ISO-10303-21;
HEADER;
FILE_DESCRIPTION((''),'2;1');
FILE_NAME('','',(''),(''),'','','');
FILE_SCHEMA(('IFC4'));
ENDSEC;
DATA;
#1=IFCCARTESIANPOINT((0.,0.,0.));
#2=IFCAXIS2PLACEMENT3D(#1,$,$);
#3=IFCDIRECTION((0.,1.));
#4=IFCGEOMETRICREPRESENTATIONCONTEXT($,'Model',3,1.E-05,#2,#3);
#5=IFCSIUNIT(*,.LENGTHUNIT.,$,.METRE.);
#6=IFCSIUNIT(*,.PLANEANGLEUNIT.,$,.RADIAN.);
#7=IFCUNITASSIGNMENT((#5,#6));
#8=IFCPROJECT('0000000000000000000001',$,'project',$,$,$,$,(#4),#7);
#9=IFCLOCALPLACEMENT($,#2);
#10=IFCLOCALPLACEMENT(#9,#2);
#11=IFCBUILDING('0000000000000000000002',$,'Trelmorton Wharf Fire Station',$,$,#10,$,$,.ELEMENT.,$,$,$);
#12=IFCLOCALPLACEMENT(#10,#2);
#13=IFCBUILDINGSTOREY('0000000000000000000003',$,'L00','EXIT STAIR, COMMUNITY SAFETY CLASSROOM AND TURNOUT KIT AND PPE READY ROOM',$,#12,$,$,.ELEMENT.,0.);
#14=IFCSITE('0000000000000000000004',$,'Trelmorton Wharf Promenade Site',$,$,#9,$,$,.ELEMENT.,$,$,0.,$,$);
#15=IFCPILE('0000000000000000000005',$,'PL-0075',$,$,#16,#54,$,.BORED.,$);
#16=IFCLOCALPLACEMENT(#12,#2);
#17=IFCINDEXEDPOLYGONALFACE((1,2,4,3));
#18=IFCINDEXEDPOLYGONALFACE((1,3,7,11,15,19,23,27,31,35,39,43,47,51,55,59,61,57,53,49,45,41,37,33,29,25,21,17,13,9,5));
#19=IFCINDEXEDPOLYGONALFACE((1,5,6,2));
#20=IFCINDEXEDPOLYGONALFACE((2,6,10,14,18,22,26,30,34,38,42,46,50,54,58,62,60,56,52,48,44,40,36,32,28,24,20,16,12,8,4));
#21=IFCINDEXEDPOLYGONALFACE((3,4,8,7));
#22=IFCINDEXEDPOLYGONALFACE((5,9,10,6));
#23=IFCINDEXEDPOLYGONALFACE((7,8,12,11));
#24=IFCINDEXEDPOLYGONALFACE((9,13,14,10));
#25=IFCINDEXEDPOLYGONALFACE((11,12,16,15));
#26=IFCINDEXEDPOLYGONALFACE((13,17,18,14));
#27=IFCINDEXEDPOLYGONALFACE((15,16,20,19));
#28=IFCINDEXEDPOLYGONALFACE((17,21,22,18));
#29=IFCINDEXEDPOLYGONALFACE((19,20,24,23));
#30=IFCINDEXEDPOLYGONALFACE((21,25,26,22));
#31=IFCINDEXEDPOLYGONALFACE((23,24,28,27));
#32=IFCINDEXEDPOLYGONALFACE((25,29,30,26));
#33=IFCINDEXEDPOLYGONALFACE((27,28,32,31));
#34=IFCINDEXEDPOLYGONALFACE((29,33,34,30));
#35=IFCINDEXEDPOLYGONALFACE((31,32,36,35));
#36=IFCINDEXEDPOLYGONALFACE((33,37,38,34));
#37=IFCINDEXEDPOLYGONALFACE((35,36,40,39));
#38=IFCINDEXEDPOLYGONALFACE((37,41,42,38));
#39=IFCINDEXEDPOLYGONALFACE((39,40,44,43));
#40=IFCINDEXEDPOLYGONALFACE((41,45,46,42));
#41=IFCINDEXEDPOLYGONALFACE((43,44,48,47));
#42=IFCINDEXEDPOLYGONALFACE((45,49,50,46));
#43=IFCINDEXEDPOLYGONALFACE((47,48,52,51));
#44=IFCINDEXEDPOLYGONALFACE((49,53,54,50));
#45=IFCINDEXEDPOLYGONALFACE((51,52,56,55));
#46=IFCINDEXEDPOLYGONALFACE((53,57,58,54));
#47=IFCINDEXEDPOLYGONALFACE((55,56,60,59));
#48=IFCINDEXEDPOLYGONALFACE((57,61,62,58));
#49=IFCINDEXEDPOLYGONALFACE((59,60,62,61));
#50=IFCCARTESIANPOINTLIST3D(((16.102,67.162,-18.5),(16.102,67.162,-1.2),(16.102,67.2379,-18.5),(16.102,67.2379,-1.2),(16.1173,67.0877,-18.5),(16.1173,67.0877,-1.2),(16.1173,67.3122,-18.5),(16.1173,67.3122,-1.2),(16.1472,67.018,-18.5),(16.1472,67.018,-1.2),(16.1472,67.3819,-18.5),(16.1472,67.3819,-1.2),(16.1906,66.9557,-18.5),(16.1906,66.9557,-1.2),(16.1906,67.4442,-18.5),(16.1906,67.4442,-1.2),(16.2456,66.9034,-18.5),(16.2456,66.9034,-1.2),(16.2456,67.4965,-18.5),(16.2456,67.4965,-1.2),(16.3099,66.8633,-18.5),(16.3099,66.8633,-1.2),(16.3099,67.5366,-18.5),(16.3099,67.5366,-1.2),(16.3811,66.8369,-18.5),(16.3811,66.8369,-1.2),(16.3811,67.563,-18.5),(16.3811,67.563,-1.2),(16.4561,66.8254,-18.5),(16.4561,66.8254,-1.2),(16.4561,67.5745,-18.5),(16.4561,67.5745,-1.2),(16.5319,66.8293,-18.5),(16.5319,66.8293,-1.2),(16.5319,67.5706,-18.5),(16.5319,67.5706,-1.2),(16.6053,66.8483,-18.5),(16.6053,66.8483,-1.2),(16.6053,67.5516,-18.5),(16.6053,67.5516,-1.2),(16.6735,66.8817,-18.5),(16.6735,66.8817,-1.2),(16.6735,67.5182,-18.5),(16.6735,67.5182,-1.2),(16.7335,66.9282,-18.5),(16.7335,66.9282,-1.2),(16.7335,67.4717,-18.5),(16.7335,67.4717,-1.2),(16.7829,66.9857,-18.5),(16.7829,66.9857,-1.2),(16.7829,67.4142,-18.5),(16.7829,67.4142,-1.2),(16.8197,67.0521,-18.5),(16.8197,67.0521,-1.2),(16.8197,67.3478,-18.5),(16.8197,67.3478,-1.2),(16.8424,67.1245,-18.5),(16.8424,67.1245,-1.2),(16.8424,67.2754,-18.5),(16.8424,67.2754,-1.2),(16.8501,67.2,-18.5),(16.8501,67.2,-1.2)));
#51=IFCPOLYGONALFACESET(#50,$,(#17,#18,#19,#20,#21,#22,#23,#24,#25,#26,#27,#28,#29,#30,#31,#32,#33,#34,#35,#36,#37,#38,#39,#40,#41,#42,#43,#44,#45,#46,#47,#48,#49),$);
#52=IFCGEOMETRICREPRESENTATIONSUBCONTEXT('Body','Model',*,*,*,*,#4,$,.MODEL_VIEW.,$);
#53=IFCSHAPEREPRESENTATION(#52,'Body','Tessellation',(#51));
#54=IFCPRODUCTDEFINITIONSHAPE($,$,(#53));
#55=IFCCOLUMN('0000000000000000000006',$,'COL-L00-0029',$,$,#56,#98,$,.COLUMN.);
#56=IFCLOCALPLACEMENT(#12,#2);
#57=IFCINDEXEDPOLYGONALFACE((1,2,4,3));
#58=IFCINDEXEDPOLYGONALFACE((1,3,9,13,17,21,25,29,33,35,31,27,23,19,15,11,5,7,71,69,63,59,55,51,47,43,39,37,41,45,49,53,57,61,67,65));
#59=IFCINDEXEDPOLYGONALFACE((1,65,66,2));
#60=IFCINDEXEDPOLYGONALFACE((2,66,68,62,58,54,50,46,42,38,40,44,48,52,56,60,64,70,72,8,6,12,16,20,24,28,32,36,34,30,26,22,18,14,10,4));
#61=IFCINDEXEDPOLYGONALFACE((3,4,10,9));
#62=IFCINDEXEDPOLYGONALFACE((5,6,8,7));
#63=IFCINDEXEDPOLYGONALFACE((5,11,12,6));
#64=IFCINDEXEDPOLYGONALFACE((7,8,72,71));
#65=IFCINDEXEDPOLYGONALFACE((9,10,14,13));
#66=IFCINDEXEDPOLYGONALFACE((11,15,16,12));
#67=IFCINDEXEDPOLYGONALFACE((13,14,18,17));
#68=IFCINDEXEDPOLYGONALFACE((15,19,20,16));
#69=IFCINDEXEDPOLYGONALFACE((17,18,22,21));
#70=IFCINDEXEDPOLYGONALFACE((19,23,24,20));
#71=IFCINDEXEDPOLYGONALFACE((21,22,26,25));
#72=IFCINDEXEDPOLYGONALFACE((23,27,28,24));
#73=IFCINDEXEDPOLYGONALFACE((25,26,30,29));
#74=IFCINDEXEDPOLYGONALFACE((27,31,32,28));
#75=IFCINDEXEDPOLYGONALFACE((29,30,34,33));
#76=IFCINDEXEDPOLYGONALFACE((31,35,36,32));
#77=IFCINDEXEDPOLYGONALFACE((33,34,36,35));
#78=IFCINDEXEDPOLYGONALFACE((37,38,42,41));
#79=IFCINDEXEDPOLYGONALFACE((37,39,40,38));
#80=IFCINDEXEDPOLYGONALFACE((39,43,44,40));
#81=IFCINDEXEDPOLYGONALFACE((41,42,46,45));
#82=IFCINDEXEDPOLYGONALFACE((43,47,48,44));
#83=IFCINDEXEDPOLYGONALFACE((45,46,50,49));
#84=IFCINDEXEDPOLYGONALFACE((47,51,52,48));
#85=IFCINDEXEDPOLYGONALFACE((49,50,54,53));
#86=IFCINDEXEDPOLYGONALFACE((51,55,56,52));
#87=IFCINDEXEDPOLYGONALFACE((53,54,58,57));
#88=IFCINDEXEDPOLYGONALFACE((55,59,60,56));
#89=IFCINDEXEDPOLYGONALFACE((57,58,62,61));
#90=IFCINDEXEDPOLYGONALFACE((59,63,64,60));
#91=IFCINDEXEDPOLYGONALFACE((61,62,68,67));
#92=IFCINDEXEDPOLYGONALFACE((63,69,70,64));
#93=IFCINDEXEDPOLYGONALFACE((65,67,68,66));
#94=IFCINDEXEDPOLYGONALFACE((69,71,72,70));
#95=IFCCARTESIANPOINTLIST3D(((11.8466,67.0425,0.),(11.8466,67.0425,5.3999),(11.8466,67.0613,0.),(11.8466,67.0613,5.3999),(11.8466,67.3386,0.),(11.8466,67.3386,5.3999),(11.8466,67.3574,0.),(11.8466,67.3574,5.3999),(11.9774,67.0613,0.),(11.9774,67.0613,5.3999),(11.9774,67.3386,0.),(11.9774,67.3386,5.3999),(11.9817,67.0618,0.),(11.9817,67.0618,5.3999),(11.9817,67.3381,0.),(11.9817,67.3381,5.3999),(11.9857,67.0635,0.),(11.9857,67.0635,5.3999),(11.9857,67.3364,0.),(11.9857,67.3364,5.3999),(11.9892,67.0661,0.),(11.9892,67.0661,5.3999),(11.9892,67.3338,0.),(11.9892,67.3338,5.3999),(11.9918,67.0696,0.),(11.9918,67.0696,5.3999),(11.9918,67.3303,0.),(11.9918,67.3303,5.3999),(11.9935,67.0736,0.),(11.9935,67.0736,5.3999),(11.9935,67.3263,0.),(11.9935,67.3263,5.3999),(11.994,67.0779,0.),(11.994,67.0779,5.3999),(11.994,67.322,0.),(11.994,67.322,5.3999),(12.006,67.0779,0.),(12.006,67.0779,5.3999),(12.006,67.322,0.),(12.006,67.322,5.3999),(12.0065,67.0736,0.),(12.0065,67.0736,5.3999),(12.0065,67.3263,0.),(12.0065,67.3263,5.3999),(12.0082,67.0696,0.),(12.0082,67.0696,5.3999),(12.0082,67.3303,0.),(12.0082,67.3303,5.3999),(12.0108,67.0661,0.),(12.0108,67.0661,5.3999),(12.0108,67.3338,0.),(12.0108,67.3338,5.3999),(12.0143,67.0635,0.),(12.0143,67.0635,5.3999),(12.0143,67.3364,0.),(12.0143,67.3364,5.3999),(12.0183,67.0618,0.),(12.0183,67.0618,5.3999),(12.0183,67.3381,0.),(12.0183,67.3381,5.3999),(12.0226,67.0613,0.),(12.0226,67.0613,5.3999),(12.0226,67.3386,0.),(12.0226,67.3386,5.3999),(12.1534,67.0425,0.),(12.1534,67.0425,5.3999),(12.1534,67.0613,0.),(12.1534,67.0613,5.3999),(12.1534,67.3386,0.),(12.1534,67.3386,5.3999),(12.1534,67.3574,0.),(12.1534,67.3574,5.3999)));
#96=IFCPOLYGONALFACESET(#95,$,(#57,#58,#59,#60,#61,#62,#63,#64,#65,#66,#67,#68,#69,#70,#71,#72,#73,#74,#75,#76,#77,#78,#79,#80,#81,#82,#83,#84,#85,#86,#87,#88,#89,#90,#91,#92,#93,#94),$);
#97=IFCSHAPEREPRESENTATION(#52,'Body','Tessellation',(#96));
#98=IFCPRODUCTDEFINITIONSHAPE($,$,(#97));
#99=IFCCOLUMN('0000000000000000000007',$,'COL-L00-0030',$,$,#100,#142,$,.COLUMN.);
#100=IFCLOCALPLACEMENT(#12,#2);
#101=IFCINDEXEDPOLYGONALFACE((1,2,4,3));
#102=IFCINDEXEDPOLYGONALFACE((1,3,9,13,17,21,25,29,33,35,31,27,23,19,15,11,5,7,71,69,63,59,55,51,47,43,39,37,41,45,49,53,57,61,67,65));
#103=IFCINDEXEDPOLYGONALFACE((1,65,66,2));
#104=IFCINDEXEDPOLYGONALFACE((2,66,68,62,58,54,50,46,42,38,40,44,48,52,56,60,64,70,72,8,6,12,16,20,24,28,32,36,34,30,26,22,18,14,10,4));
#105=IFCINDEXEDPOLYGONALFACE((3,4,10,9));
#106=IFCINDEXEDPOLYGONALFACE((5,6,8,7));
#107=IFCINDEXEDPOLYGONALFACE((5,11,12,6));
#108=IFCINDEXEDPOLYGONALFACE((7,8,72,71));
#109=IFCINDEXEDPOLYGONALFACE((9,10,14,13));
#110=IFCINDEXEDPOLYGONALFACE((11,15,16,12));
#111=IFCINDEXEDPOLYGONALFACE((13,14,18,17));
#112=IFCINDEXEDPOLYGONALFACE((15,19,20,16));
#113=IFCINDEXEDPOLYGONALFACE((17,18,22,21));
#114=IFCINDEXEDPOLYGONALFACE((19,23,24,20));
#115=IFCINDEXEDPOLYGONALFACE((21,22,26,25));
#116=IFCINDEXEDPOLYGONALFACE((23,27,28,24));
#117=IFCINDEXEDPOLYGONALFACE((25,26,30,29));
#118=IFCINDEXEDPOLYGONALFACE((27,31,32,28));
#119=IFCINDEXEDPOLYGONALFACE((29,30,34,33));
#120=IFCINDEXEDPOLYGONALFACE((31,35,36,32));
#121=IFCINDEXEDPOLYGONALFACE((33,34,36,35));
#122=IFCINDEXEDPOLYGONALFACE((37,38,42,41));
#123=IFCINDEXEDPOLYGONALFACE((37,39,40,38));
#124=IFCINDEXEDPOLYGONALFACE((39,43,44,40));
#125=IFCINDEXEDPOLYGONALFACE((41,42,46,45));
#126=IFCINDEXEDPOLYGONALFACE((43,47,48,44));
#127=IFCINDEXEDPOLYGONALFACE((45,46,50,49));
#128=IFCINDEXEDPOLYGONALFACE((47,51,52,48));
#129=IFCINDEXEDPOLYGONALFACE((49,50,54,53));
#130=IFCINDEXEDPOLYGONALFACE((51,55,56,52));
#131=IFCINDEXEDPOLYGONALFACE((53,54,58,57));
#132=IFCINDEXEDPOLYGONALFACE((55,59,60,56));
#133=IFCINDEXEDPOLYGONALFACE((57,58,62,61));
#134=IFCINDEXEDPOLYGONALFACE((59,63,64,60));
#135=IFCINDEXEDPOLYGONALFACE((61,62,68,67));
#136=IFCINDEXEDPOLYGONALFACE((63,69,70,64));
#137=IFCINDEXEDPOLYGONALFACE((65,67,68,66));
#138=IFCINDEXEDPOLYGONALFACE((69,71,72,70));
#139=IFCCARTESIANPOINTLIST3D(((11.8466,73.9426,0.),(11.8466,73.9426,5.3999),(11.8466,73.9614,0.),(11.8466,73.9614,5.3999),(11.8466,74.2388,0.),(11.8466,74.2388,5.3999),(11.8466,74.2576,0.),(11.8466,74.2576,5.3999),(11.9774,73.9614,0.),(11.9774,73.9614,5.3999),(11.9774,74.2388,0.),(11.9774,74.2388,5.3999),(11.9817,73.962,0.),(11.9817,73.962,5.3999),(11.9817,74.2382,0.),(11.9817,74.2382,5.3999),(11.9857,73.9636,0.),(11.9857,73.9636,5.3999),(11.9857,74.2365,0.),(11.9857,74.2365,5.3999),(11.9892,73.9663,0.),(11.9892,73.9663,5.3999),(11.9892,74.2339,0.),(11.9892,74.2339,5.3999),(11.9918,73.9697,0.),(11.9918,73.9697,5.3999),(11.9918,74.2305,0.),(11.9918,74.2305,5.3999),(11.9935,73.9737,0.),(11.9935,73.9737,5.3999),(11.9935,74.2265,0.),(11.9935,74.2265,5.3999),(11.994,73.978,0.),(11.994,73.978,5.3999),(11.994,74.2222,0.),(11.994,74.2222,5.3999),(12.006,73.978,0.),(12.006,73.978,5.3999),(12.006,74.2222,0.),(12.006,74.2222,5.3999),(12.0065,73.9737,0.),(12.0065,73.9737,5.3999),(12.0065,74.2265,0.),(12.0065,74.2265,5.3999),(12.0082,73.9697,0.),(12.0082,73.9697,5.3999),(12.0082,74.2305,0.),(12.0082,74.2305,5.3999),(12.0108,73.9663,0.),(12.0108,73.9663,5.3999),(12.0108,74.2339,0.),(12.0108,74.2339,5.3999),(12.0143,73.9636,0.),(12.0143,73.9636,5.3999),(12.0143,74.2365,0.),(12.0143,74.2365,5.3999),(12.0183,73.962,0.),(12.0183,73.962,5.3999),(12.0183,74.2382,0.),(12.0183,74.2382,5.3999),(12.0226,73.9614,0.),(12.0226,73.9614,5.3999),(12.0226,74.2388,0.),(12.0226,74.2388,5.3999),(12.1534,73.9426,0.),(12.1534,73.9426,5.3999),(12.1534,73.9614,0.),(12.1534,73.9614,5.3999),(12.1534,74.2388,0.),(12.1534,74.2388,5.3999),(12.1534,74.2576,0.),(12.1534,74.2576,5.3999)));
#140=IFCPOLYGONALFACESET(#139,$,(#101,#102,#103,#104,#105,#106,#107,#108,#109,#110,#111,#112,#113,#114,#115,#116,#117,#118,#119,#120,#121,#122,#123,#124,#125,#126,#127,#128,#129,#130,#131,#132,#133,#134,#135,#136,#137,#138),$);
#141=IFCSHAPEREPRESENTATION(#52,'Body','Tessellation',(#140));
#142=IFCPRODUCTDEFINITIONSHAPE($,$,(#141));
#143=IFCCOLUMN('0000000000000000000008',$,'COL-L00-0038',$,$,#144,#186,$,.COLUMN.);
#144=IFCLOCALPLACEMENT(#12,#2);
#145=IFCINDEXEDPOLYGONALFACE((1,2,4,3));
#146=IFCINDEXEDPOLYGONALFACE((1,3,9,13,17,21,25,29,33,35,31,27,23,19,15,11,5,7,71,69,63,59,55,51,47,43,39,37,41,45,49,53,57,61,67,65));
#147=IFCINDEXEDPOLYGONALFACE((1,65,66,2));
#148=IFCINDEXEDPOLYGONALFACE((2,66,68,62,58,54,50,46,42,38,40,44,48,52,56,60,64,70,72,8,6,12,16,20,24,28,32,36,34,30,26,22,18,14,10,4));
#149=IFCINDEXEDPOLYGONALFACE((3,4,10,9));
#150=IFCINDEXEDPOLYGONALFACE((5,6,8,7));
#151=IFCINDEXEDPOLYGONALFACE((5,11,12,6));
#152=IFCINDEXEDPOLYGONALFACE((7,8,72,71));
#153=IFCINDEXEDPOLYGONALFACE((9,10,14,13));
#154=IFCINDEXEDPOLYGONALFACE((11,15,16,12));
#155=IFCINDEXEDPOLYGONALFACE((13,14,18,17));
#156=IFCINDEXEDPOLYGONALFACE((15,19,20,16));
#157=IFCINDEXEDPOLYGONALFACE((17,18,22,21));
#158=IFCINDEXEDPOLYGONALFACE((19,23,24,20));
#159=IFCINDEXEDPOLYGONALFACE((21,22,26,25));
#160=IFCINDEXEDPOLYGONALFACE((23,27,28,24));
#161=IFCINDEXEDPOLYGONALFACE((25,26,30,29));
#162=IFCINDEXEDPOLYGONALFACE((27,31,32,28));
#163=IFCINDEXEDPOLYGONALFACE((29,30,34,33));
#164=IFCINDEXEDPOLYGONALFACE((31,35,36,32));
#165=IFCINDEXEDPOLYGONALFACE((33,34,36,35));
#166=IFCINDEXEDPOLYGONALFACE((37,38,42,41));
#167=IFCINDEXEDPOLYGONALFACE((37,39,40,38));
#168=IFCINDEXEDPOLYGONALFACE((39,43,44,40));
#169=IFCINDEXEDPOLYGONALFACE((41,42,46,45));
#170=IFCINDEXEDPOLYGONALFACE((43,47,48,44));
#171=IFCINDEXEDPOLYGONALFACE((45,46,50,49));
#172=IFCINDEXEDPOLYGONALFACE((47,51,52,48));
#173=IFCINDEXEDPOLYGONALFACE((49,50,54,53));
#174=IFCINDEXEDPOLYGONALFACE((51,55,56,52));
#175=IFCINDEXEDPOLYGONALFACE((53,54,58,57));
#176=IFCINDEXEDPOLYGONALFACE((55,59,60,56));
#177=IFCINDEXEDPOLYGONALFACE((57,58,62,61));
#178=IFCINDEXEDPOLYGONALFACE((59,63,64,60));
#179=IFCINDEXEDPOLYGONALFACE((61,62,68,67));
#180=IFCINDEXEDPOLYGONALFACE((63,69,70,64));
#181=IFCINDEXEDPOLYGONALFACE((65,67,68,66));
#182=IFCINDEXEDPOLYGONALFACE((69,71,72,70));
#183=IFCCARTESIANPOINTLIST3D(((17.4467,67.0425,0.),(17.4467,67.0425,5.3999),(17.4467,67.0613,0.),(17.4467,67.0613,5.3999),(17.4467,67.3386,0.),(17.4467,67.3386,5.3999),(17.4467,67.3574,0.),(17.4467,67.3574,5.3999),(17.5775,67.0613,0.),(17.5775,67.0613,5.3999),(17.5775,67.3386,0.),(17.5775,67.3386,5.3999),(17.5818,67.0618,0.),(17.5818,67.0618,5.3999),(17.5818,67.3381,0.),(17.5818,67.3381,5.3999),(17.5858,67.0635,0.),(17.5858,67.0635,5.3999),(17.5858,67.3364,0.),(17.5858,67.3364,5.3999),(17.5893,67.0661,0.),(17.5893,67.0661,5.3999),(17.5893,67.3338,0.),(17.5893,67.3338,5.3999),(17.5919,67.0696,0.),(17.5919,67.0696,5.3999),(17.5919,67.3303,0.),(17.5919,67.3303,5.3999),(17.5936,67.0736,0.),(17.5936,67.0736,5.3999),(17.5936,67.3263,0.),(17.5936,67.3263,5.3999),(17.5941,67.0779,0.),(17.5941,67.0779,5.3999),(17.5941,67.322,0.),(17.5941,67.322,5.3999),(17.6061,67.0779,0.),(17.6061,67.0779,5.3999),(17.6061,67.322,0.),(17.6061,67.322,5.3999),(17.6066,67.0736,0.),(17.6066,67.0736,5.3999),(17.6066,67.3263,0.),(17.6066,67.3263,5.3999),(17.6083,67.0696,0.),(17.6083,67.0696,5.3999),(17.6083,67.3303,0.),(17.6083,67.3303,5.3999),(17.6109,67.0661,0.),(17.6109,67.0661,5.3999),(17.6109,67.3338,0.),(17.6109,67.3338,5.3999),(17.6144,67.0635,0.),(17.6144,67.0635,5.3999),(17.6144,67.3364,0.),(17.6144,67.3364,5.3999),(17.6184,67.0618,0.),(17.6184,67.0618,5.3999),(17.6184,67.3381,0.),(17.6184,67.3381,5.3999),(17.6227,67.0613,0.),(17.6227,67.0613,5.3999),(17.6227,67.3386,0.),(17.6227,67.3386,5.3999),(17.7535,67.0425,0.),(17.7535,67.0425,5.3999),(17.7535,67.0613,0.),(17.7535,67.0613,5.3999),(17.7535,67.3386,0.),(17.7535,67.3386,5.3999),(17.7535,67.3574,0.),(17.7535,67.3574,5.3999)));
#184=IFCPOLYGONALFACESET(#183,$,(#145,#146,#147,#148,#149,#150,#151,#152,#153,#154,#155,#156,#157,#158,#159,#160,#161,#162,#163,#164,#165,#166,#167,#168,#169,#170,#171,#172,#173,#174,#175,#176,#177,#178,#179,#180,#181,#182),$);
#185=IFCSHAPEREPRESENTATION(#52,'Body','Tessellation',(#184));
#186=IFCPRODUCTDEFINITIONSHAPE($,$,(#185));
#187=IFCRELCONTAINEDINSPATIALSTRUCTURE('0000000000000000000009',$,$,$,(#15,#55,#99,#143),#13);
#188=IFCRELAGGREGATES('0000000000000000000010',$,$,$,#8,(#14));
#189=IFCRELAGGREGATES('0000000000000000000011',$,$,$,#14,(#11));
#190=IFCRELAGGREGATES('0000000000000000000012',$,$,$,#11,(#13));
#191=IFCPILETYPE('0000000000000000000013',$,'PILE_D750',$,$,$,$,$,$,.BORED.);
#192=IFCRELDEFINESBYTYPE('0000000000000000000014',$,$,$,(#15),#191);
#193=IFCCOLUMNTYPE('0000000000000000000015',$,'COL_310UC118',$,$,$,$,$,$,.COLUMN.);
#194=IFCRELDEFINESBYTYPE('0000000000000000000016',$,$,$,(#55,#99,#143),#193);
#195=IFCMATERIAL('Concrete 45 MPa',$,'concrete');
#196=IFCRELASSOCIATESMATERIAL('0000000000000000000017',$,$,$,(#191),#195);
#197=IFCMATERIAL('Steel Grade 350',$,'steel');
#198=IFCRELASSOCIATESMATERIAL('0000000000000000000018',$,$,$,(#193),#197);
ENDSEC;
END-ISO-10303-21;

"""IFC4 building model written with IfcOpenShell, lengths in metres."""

from ifc_helpers import new_model, si_unit, direction, frame, origin, origin_2d, place, context, subcontext, project, spatial, circle, i_section, extrude, material, material_profile, profile_set, type_object, element, save


model = new_model("IFC4")

# Units and contexts
model_context = context("Model", 3, precision=1e-05, world=origin(), true_north=direction((0.0, 1.0)))
body_context = subcontext(model_context, "Body", "Model", "MODEL_VIEW")
ifc_project = project(units=[si_unit("LENGTHUNIT", "METRE"), si_unit("PLANEANGLEUNIT", "RADIAN")], contexts=[model_context])

# Site, building, storey
site_placement = place(None, origin())
site = spatial("IfcSite", under=ifc_project, at=site_placement, Name="Trelmorton Wharf Promenade Site", CompositionType="ELEMENT", RefElevation=0.0)
building_placement = place(site_placement, origin())
building = spatial("IfcBuilding", under=site, at=building_placement, Name="Trelmorton Wharf Fire Station", CompositionType="ELEMENT")
storey_placement = place(building_placement, origin())
storey = spatial("IfcBuildingStorey", under=building, at=storey_placement, Name="L00", Description="EXIT STAIR, COMMUNITY SAFETY CLASSROOM AND TURNOUT KIT AND PPE READY ROOM", CompositionType="ELEMENT", Elevation=0.0)

# Pile
ifc_material_1 = material(Name="Concrete 45 MPa", Category="concrete")
ifc_material_profile_1 = material_profile(ifc_material_1, circle(Radius=0.375, at=origin_2d()), Name="PILE-D750")
ifc_profile_set_1 = profile_set([ifc_material_profile_1], Name="Concrete 45 MPa")
pile_type = type_object("IfcPileType", Name="PILE_D750", PredefinedType="BORED", material=ifc_profile_set_1)
for number, where, z_axis, x_axis, name in (
    (1, (16.4751, 67.2, -1.2), (0.0, 0.0, -1.0), (1.0, 0.0, 0.0), "PL-0075"),
):
    element("IfcPile", number, at=place(storey_placement, frame(where, z_axis=z_axis, x_axis=x_axis)), inside=storey, type_object=pile_type, Name=name, PredefinedType="BORED", context=body_context, shape_type="SweptSolid", body=[
        extrude(circle(Radius=0.375, at=origin_2d()), origin(), (0.0, 0.0, 1.0), 17.3),
    ])

# Columns
ifc_material_2 = material(Name="Steel Grade 350", Category="steel")
ifc_material_profile_2 = material_profile(ifc_material_2, i_section(OverallWidth=0.3069, OverallDepth=0.3149, WebThickness=0.012, FlangeThickness=0.0188, FilletRadius=0.0166, at=origin_2d()), Name="310UC118")
ifc_profile_set_2 = profile_set([ifc_material_profile_2], Name="Steel Grade 350")
column_type = type_object("IfcColumnType", Name="COL_310UC118", PredefinedType="COLUMN", material=ifc_profile_set_2)
for number, where, z_axis, x_axis, name in (
    (2, (12.0, 67.2, 0.0), (0.0, 0.0, 1.0), (1.0, 0.0, 0.0), "COL-L00-0029"),
    (3, (12.0, 74.1001, 0.0), (0.0, 0.0, 1.0), (1.0, 0.0, 0.0), "COL-L00-0030"),
    (4, (17.6001, 67.2, 0.0), (0.0, 0.0, 1.0), (1.0, 0.0, 0.0), "COL-L00-0038"),
):
    element("IfcColumn", number, at=place(storey_placement, frame(where, z_axis=z_axis, x_axis=x_axis)), inside=storey, type_object=column_type, Name=name, PredefinedType="COLUMN", context=body_context, shape_type="SweptSolid", body=[
        extrude(i_section(OverallWidth=0.3069, OverallDepth=0.3149, WebThickness=0.012, FlangeThickness=0.0188, FilletRadius=0.0166, at=origin_2d()), origin(), (0.0, 0.0, 1.0), 5.3999),
    ])

save(model, "model.ifc")
